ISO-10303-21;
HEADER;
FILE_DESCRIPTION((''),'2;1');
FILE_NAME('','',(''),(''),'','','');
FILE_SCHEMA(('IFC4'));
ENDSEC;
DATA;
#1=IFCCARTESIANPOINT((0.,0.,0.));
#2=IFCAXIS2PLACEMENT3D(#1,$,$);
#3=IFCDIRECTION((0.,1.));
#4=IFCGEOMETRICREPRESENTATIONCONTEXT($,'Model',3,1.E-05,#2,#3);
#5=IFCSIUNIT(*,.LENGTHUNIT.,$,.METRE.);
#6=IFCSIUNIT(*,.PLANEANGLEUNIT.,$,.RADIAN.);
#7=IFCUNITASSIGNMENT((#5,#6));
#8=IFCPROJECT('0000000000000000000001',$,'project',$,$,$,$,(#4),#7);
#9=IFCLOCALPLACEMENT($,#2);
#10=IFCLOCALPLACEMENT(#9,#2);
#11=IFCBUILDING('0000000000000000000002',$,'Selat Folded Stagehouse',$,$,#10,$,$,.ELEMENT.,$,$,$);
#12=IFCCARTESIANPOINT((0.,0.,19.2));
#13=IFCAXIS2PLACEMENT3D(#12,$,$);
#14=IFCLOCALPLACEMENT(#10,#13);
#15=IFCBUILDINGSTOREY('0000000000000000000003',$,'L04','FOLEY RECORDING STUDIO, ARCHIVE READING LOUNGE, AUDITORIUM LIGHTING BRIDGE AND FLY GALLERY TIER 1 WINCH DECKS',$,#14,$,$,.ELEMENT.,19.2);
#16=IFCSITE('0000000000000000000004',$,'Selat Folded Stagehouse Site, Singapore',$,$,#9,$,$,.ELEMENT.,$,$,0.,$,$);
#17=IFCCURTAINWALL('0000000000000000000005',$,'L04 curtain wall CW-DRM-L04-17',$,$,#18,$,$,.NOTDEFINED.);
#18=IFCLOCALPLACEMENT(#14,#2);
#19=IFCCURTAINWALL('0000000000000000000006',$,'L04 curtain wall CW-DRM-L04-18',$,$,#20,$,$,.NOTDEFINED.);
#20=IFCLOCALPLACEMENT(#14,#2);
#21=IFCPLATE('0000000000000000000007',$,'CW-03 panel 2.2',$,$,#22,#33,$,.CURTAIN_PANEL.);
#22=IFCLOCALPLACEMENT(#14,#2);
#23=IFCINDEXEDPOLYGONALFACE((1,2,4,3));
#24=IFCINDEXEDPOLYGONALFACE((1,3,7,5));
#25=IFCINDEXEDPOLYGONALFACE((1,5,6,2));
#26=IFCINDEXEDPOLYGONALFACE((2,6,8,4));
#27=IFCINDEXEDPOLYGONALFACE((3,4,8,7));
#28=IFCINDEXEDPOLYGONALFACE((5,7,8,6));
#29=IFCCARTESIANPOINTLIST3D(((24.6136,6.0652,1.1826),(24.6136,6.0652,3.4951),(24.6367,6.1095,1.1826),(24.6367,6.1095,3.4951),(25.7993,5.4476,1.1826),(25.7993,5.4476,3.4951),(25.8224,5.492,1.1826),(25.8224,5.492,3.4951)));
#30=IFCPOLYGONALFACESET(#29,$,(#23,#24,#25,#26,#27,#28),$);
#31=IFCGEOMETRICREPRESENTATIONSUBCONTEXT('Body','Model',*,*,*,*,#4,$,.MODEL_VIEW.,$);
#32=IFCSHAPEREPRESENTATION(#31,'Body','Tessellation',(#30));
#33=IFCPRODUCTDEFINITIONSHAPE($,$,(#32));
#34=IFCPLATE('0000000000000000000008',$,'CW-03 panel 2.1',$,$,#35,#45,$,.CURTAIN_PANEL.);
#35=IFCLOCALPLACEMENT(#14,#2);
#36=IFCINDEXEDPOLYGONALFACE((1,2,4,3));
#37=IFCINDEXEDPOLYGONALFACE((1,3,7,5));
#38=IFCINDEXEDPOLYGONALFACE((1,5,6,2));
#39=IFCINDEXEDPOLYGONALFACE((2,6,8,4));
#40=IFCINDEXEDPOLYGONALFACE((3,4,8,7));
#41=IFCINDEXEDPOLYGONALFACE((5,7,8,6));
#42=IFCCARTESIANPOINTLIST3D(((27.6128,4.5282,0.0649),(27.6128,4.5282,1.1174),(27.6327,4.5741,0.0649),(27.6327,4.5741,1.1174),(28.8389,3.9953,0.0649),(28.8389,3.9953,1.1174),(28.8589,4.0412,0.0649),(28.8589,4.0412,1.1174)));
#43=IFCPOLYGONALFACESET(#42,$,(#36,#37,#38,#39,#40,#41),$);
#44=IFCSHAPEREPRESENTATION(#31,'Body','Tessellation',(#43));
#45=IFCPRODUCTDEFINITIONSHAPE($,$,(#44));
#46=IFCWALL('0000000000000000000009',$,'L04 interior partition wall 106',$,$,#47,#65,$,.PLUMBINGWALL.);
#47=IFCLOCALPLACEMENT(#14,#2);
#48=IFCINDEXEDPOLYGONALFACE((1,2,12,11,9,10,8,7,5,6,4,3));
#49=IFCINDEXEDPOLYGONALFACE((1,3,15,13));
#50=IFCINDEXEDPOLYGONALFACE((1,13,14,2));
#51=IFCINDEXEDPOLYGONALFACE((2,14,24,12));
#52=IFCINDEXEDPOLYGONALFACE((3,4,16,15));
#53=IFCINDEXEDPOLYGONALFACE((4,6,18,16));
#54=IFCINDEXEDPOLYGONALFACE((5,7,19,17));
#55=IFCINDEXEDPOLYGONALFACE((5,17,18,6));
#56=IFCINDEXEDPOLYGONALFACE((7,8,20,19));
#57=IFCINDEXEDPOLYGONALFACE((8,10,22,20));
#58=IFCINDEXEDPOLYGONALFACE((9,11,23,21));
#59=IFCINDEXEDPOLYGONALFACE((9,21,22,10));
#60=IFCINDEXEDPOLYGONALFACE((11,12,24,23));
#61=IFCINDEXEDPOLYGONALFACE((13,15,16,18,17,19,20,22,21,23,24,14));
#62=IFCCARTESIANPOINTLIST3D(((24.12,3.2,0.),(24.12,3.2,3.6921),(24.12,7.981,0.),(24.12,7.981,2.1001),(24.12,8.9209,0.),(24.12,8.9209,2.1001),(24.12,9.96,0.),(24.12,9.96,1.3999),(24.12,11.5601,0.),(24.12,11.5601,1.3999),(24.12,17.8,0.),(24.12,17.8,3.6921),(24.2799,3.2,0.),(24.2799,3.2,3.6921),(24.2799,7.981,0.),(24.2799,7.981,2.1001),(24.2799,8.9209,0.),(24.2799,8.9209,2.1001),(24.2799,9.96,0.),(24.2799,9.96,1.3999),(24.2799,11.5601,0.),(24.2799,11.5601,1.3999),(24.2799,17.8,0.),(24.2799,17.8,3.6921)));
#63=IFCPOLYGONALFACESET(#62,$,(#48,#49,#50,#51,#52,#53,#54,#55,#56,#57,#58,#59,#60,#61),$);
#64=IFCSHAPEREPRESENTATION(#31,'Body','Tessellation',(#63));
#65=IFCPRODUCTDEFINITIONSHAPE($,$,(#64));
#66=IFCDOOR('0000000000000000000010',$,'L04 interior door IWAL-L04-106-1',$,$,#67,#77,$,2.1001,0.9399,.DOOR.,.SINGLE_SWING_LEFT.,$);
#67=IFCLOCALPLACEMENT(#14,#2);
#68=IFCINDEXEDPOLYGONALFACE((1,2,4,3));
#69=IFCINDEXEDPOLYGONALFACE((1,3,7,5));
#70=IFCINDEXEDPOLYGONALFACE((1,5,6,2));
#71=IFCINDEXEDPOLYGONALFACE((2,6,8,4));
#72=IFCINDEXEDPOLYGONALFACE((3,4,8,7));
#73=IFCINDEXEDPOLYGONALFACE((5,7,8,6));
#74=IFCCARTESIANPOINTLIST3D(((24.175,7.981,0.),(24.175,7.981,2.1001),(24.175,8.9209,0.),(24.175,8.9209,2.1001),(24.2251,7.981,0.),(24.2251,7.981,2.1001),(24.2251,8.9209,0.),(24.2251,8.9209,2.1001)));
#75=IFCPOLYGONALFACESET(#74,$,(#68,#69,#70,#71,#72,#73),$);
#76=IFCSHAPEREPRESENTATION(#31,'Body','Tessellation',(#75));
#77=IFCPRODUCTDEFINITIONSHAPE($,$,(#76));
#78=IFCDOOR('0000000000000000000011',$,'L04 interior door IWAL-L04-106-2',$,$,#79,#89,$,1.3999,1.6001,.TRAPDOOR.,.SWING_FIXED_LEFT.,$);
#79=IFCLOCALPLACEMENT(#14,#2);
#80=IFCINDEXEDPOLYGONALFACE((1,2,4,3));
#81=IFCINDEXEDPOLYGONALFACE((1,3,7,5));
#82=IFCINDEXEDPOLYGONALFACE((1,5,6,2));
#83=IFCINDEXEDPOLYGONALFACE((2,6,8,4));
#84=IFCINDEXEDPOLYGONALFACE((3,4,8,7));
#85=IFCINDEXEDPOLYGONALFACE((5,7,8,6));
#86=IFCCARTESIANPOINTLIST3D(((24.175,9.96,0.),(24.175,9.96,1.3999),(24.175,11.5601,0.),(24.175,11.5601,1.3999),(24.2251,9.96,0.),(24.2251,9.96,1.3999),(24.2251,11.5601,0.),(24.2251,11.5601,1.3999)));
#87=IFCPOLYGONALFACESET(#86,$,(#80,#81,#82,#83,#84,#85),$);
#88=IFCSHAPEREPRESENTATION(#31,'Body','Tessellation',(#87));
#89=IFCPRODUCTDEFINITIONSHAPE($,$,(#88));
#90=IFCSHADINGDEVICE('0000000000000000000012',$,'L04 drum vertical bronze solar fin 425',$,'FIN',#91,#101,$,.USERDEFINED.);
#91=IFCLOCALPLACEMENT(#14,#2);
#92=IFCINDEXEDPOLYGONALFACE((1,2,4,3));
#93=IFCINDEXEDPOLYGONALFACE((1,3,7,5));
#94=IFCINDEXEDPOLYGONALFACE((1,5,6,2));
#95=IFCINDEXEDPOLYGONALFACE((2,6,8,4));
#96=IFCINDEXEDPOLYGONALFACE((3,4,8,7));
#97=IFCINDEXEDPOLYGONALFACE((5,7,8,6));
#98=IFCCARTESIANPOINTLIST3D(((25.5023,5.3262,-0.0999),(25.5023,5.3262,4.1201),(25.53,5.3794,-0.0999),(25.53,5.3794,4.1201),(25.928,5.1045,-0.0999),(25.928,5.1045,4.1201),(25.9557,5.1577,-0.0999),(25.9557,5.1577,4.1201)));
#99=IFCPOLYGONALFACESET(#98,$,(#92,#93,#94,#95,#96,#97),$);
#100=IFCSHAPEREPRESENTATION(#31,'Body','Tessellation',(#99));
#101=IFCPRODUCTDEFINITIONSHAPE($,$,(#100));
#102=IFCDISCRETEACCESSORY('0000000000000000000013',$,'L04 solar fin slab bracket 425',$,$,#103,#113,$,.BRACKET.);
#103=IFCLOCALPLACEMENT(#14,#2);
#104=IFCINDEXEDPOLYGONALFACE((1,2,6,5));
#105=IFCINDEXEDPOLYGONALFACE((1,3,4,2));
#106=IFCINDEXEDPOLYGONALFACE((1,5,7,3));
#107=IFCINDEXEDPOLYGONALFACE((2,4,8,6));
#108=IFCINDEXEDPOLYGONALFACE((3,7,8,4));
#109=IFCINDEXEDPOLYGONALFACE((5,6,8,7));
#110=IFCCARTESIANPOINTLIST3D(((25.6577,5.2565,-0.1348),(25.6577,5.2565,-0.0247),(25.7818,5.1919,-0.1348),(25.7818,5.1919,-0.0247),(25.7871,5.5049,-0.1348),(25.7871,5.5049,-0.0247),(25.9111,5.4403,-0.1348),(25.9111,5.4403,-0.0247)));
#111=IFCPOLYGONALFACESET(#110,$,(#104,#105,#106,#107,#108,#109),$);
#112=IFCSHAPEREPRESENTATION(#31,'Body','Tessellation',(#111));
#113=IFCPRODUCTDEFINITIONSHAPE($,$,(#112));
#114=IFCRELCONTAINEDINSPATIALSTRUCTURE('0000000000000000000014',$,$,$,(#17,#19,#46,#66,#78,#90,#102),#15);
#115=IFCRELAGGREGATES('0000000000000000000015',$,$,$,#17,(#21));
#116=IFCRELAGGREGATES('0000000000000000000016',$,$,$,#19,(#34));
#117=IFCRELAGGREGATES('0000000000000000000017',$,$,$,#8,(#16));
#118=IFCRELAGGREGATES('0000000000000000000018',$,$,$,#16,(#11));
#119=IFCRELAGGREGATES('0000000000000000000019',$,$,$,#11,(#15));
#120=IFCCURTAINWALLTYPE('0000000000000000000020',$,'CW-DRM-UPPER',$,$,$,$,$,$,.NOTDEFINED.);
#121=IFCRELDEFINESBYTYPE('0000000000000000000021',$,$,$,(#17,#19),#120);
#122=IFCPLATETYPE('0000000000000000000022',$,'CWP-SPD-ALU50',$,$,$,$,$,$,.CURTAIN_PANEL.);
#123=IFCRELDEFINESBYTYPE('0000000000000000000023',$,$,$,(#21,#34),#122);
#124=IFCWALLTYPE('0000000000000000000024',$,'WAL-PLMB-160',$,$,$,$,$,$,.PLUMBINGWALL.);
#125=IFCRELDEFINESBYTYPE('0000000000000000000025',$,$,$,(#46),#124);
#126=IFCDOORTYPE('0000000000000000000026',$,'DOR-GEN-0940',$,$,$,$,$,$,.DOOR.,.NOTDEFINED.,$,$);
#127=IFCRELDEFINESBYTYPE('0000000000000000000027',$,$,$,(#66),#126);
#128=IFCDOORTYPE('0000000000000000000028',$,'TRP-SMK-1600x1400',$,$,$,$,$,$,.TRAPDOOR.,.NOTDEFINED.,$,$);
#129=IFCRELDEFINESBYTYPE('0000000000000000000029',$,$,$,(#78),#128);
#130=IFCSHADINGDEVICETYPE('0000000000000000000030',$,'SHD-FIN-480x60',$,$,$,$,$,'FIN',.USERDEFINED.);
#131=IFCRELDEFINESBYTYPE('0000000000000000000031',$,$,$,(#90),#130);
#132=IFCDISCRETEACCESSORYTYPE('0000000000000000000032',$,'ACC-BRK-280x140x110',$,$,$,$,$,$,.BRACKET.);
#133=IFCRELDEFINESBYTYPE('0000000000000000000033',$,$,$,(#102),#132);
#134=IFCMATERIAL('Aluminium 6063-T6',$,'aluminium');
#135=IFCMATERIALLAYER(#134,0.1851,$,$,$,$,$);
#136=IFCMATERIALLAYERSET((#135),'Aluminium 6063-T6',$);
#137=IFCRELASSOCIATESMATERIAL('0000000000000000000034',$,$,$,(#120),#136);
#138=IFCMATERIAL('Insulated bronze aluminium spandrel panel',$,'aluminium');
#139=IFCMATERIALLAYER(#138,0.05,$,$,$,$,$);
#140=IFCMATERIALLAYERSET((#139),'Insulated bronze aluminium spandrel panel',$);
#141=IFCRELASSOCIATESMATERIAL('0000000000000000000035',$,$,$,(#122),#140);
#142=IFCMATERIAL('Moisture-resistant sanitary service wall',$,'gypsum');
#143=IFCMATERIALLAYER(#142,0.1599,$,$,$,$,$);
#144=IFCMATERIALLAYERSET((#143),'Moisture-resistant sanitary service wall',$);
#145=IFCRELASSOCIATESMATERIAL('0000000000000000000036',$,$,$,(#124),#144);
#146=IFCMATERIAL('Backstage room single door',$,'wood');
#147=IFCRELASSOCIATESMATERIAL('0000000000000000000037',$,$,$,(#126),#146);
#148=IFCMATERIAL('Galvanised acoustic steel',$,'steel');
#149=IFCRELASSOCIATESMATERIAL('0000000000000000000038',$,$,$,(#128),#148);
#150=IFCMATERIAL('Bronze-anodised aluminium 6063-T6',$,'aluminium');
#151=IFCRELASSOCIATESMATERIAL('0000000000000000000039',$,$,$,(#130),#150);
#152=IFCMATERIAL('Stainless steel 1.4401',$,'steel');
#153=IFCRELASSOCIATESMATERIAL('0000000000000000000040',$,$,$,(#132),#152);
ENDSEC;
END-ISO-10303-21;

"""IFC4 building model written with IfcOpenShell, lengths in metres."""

from ifc_helpers import new_model, si_unit, direction, frame, frame_2d, origin, origin_2d, place, context, subcontext, project, spatial, rectangle, extrude, material, layer, layer_set, material_profile, profile_set, type_object, element, fill, aggregate, save


model = new_model("IFC4")

# Units and contexts
model_context = context("Model", 3, precision=1e-05, world=origin(), true_north=direction((0.0, 1.0)))
body_context = subcontext(model_context, "Body", "Model", "MODEL_VIEW")
ifc_project = project(units=[si_unit("LENGTHUNIT", "METRE"), si_unit("PLANEANGLEUNIT", "RADIAN")], contexts=[model_context])

# Site, building, storey
site_placement = place(None, origin())
site = spatial("IfcSite", under=ifc_project, at=site_placement, Name="Selat Folded Stagehouse Site, Singapore", CompositionType="ELEMENT", RefElevation=0.0)
building_placement = place(site_placement, origin())
building = spatial("IfcBuilding", under=site, at=building_placement, Name="Selat Folded Stagehouse", CompositionType="ELEMENT")
storey_placement = place(building_placement, frame((0.0, 0.0, 19.2)))
storey = spatial("IfcBuildingStorey", under=building, at=storey_placement, Name="L04", Description="FOLEY RECORDING STUDIO, ARCHIVE READING LOUNGE, AUDITORIUM LIGHTING BRIDGE AND FLY GALLERY TIER 1 WINCH DECKS", CompositionType="ELEMENT", Elevation=19.2)

# Shared definitions
ifc_material_1 = material(Name="Aluminium 6063-T6", Category="aluminium")
ifc_layer_1 = layer(ifc_material_1, 0.1851)
ifc_layer_set_1 = layer_set([ifc_layer_1], Name="Aluminium 6063-T6")
curtain_wall_type = type_object("IfcCurtainWallType", Name="CW-DRM-UPPER", PredefinedType="NOTDEFINED", material=ifc_layer_set_1)

# Curtain wall
curtain_wall_1_placement = place(storey_placement, origin())
curtain_wall_1 = element("IfcCurtainWall", 1, at=curtain_wall_1_placement, inside=storey, type_object=curtain_wall_type, Name="L04 curtain wall CW-DRM-L04-17", PredefinedType="NOTDEFINED")

# Curtain wall
curtain_wall_2_placement = place(storey_placement, origin())
curtain_wall_2 = element("IfcCurtainWall", 2, at=curtain_wall_2_placement, inside=storey, type_object=curtain_wall_type, Name="L04 curtain wall CW-DRM-L04-18", PredefinedType="NOTDEFINED")

# Plates
ifc_material_2 = material(Name="Insulated bronze aluminium spandrel panel", Category="aluminium")
ifc_layer_2 = layer(ifc_material_2, 0.05)
ifc_layer_set_2 = layer_set([ifc_layer_2], Name="Insulated bronze aluminium spandrel panel")
plate_type = type_object("IfcPlateType", Name="CWP-SPD-ALU50", PredefinedType="CURTAIN_PANEL", material=ifc_layer_set_2)
plate_1_placement = place(storey_placement, frame((25.218, 5.7786, 1.1826), z_axis=(0.0, 0.0, 1.0), x_axis=(-0.886916, 0.461931, 0.0)))
plate_1 = element("IfcPlate", 3, at=plate_1_placement, type_object=plate_type, Name="CW-03 panel 2.2", PredefinedType="CURTAIN_PANEL", context=body_context, shape_type="SweptSolid", body=[
    extrude(rectangle(XDim=1.3369, YDim=0.05, at=origin_2d()), origin(), (0.0, 0.0, 1.0), 2.3125),
])
aggregate(curtain_wall_1, [plate_1])
plate_2_placement = place(storey_placement, frame((28.2358, 4.2847, 0.0649), z_axis=(0.0, 0.0, 1.0), x_axis=(-0.917134, 0.39858, 0.0)))
plate_2 = element("IfcPlate", 4, at=plate_2_placement, type_object=plate_type, Name="CW-03 panel 2.1", PredefinedType="CURTAIN_PANEL", context=body_context, shape_type="SweptSolid", body=[
    extrude(rectangle(XDim=1.3369, YDim=0.05, at=origin_2d()), origin(), (0.0, 0.0, 1.0), 1.0525),
])
aggregate(curtain_wall_2, [plate_2])

# Wall, openings, doors
ifc_material_3 = material(Name="Moisture-resistant sanitary service wall", Category="gypsum")
ifc_layer_3 = layer(ifc_material_3, 0.1599)
ifc_layer_set_3 = layer_set([ifc_layer_3], Name="Moisture-resistant sanitary service wall")
wall_type = type_object("IfcWallType", Name="WAL-PLMB-160", PredefinedType="PLUMBINGWALL", material=ifc_layer_set_3)
wall_placement = place(storey_placement, frame((24.2, 3.2, 0.0), z_axis=(0.0, 0.0, 1.0), x_axis=(0.0, 1.0, 0.0)))
wall = element("IfcWall", 5, at=wall_placement, inside=storey, type_object=wall_type, Name="L04 interior partition wall 106", PredefinedType="PLUMBINGWALL", context=body_context, shape_type="SweptSolid", body=[
    extrude(rectangle(XDim=14.6001, YDim=0.1599, at=frame_2d((7.3, 0.0))), origin(), (0.0, 0.0, 1.0), 3.6921),
])
opening_1_placement = place(wall_placement, frame((4.781, 0.0, 0.0)))
opening_1 = element("IfcOpeningElement", 6, at=opening_1_placement, cuts=wall, PredefinedType="OPENING", context=body_context, shape_type="SweptSolid", body=[
    extrude(rectangle(XDim=0.9399, YDim=2.1001, at=frame_2d((0.47, 1.05))), frame((0.0, 0.0898, 0.0), z_axis=(0.0, -1.0, 0.0), x_axis=(1.0, 0.0, 0.0)), (0.0, 0.0, 1.0), 0.1799),
])
opening_2_placement = place(wall_placement, frame((6.76, 0.0, 0.0)))
opening_2 = element("IfcOpeningElement", 7, at=opening_2_placement, cuts=wall, PredefinedType="OPENING", context=body_context, shape_type="SweptSolid", body=[
    extrude(rectangle(XDim=1.6001, YDim=1.3999, at=frame_2d((0.8, 0.7))), frame((0.0, 0.0898, 0.0), z_axis=(0.0, -1.0, 0.0), x_axis=(1.0, 0.0, 0.0)), (0.0, 0.0, 1.0), 0.1799),
])
ifc_material_4 = material(Name="Backstage room single door", Category="wood")
door_type_1 = type_object("IfcDoorType", Name="DOR-GEN-0940", OperationType="NOTDEFINED", PredefinedType="DOOR", material=ifc_material_4)
door_1_placement = place(opening_1_placement, origin())
door_1 = element("IfcDoor", 8, at=door_1_placement, inside=storey, type_object=door_type_1, Name="L04 interior door IWAL-L04-106-1", OperationType="SINGLE_SWING_LEFT", OverallHeight=2.1001, OverallWidth=0.9399, PredefinedType="DOOR", context=body_context, shape_type="SweptSolid", body=[
    extrude(rectangle(XDim=0.9399, YDim=2.1001, at=frame_2d((0.47, 1.05))), frame((0.0, 0.0249, 0.0), z_axis=(0.0, -1.0, 0.0), x_axis=(1.0, 0.0, 0.0)), (0.0, 0.0, 1.0), 0.05),
])
fill(opening_1, door_1)
ifc_material_5 = material(Name="Galvanised acoustic steel", Category="steel")
door_type_2 = type_object("IfcDoorType", Name="TRP-SMK-1600x1400", OperationType="NOTDEFINED", PredefinedType="TRAPDOOR", material=ifc_material_5)
door_2_placement = place(opening_2_placement, origin())
door_2 = element("IfcDoor", 9, at=door_2_placement, inside=storey, type_object=door_type_2, Name="L04 interior door IWAL-L04-106-2", OperationType="SWING_FIXED_LEFT", OverallHeight=1.3999, OverallWidth=1.6001, PredefinedType="TRAPDOOR", context=body_context, shape_type="SweptSolid", body=[
    extrude(rectangle(XDim=1.6001, YDim=1.3999, at=frame_2d((0.8, 0.7))), frame((0.0, 0.0249, 0.0), z_axis=(0.0, -1.0, 0.0), x_axis=(1.0, 0.0, 0.0)), (0.0, 0.0, 1.0), 0.05),
])
fill(opening_2, door_2)

# Shading device
ifc_material_6 = material(Name="Bronze-anodised aluminium 6063-T6", Category="aluminium")
ifc_material_profile_1 = material_profile(ifc_material_6, rectangle(XDim=0.0601, YDim=0.48, at=origin_2d()), Name="SOLAR-FIN 480x60")
ifc_profile_set_1 = profile_set([ifc_material_profile_1], Name="Bronze-anodised aluminium 6063-T6")
shading_device_type = type_object("IfcShadingDeviceType", Name="SHD-FIN-480x60", ElementType="FIN", PredefinedType="USERDEFINED", material=ifc_profile_set_1)
shading_device_placement = place(storey_placement, frame((25.729, 5.2419, -0.0999), z_axis=(0.0, 0.0, 1.0), x_axis=(-0.461903, -0.88693, 0.0)))
element("IfcShadingDevice", 10, at=shading_device_placement, inside=storey, type_object=shading_device_type, Name="L04 drum vertical bronze solar fin 425", ObjectType="FIN", PredefinedType="USERDEFINED", context=body_context, shape_type="SweptSolid", body=[
    extrude(rectangle(XDim=0.0601, YDim=0.48, at=origin_2d()), origin(), (0.0, 0.0, 1.0), 4.22),
])

# Discrete accessory
ifc_material_7 = material(Name="Stainless steel 1.4401", Category="steel")
discrete_accessory_type = type_object("IfcDiscreteAccessoryType", Name="ACC-BRK-280x140x110", PredefinedType="BRACKET", material=ifc_material_7)
discrete_accessory_placement = place(storey_placement, frame((25.7844, 5.3484, -0.1348), z_axis=(0.0, 0.0, 1.0), x_axis=(-0.461903, -0.88693, 0.0)))
element("IfcDiscreteAccessory", 11, at=discrete_accessory_placement, inside=storey, type_object=discrete_accessory_type, Name="L04 solar fin slab bracket 425", PredefinedType="BRACKET", context=body_context, shape_type="SweptSolid", body=[
    extrude(rectangle(XDim=0.28, YDim=0.1399, at=origin_2d()), origin(), (0.0, 0.0, 1.0), 0.1101),
])

save(model, "model.ifc")
